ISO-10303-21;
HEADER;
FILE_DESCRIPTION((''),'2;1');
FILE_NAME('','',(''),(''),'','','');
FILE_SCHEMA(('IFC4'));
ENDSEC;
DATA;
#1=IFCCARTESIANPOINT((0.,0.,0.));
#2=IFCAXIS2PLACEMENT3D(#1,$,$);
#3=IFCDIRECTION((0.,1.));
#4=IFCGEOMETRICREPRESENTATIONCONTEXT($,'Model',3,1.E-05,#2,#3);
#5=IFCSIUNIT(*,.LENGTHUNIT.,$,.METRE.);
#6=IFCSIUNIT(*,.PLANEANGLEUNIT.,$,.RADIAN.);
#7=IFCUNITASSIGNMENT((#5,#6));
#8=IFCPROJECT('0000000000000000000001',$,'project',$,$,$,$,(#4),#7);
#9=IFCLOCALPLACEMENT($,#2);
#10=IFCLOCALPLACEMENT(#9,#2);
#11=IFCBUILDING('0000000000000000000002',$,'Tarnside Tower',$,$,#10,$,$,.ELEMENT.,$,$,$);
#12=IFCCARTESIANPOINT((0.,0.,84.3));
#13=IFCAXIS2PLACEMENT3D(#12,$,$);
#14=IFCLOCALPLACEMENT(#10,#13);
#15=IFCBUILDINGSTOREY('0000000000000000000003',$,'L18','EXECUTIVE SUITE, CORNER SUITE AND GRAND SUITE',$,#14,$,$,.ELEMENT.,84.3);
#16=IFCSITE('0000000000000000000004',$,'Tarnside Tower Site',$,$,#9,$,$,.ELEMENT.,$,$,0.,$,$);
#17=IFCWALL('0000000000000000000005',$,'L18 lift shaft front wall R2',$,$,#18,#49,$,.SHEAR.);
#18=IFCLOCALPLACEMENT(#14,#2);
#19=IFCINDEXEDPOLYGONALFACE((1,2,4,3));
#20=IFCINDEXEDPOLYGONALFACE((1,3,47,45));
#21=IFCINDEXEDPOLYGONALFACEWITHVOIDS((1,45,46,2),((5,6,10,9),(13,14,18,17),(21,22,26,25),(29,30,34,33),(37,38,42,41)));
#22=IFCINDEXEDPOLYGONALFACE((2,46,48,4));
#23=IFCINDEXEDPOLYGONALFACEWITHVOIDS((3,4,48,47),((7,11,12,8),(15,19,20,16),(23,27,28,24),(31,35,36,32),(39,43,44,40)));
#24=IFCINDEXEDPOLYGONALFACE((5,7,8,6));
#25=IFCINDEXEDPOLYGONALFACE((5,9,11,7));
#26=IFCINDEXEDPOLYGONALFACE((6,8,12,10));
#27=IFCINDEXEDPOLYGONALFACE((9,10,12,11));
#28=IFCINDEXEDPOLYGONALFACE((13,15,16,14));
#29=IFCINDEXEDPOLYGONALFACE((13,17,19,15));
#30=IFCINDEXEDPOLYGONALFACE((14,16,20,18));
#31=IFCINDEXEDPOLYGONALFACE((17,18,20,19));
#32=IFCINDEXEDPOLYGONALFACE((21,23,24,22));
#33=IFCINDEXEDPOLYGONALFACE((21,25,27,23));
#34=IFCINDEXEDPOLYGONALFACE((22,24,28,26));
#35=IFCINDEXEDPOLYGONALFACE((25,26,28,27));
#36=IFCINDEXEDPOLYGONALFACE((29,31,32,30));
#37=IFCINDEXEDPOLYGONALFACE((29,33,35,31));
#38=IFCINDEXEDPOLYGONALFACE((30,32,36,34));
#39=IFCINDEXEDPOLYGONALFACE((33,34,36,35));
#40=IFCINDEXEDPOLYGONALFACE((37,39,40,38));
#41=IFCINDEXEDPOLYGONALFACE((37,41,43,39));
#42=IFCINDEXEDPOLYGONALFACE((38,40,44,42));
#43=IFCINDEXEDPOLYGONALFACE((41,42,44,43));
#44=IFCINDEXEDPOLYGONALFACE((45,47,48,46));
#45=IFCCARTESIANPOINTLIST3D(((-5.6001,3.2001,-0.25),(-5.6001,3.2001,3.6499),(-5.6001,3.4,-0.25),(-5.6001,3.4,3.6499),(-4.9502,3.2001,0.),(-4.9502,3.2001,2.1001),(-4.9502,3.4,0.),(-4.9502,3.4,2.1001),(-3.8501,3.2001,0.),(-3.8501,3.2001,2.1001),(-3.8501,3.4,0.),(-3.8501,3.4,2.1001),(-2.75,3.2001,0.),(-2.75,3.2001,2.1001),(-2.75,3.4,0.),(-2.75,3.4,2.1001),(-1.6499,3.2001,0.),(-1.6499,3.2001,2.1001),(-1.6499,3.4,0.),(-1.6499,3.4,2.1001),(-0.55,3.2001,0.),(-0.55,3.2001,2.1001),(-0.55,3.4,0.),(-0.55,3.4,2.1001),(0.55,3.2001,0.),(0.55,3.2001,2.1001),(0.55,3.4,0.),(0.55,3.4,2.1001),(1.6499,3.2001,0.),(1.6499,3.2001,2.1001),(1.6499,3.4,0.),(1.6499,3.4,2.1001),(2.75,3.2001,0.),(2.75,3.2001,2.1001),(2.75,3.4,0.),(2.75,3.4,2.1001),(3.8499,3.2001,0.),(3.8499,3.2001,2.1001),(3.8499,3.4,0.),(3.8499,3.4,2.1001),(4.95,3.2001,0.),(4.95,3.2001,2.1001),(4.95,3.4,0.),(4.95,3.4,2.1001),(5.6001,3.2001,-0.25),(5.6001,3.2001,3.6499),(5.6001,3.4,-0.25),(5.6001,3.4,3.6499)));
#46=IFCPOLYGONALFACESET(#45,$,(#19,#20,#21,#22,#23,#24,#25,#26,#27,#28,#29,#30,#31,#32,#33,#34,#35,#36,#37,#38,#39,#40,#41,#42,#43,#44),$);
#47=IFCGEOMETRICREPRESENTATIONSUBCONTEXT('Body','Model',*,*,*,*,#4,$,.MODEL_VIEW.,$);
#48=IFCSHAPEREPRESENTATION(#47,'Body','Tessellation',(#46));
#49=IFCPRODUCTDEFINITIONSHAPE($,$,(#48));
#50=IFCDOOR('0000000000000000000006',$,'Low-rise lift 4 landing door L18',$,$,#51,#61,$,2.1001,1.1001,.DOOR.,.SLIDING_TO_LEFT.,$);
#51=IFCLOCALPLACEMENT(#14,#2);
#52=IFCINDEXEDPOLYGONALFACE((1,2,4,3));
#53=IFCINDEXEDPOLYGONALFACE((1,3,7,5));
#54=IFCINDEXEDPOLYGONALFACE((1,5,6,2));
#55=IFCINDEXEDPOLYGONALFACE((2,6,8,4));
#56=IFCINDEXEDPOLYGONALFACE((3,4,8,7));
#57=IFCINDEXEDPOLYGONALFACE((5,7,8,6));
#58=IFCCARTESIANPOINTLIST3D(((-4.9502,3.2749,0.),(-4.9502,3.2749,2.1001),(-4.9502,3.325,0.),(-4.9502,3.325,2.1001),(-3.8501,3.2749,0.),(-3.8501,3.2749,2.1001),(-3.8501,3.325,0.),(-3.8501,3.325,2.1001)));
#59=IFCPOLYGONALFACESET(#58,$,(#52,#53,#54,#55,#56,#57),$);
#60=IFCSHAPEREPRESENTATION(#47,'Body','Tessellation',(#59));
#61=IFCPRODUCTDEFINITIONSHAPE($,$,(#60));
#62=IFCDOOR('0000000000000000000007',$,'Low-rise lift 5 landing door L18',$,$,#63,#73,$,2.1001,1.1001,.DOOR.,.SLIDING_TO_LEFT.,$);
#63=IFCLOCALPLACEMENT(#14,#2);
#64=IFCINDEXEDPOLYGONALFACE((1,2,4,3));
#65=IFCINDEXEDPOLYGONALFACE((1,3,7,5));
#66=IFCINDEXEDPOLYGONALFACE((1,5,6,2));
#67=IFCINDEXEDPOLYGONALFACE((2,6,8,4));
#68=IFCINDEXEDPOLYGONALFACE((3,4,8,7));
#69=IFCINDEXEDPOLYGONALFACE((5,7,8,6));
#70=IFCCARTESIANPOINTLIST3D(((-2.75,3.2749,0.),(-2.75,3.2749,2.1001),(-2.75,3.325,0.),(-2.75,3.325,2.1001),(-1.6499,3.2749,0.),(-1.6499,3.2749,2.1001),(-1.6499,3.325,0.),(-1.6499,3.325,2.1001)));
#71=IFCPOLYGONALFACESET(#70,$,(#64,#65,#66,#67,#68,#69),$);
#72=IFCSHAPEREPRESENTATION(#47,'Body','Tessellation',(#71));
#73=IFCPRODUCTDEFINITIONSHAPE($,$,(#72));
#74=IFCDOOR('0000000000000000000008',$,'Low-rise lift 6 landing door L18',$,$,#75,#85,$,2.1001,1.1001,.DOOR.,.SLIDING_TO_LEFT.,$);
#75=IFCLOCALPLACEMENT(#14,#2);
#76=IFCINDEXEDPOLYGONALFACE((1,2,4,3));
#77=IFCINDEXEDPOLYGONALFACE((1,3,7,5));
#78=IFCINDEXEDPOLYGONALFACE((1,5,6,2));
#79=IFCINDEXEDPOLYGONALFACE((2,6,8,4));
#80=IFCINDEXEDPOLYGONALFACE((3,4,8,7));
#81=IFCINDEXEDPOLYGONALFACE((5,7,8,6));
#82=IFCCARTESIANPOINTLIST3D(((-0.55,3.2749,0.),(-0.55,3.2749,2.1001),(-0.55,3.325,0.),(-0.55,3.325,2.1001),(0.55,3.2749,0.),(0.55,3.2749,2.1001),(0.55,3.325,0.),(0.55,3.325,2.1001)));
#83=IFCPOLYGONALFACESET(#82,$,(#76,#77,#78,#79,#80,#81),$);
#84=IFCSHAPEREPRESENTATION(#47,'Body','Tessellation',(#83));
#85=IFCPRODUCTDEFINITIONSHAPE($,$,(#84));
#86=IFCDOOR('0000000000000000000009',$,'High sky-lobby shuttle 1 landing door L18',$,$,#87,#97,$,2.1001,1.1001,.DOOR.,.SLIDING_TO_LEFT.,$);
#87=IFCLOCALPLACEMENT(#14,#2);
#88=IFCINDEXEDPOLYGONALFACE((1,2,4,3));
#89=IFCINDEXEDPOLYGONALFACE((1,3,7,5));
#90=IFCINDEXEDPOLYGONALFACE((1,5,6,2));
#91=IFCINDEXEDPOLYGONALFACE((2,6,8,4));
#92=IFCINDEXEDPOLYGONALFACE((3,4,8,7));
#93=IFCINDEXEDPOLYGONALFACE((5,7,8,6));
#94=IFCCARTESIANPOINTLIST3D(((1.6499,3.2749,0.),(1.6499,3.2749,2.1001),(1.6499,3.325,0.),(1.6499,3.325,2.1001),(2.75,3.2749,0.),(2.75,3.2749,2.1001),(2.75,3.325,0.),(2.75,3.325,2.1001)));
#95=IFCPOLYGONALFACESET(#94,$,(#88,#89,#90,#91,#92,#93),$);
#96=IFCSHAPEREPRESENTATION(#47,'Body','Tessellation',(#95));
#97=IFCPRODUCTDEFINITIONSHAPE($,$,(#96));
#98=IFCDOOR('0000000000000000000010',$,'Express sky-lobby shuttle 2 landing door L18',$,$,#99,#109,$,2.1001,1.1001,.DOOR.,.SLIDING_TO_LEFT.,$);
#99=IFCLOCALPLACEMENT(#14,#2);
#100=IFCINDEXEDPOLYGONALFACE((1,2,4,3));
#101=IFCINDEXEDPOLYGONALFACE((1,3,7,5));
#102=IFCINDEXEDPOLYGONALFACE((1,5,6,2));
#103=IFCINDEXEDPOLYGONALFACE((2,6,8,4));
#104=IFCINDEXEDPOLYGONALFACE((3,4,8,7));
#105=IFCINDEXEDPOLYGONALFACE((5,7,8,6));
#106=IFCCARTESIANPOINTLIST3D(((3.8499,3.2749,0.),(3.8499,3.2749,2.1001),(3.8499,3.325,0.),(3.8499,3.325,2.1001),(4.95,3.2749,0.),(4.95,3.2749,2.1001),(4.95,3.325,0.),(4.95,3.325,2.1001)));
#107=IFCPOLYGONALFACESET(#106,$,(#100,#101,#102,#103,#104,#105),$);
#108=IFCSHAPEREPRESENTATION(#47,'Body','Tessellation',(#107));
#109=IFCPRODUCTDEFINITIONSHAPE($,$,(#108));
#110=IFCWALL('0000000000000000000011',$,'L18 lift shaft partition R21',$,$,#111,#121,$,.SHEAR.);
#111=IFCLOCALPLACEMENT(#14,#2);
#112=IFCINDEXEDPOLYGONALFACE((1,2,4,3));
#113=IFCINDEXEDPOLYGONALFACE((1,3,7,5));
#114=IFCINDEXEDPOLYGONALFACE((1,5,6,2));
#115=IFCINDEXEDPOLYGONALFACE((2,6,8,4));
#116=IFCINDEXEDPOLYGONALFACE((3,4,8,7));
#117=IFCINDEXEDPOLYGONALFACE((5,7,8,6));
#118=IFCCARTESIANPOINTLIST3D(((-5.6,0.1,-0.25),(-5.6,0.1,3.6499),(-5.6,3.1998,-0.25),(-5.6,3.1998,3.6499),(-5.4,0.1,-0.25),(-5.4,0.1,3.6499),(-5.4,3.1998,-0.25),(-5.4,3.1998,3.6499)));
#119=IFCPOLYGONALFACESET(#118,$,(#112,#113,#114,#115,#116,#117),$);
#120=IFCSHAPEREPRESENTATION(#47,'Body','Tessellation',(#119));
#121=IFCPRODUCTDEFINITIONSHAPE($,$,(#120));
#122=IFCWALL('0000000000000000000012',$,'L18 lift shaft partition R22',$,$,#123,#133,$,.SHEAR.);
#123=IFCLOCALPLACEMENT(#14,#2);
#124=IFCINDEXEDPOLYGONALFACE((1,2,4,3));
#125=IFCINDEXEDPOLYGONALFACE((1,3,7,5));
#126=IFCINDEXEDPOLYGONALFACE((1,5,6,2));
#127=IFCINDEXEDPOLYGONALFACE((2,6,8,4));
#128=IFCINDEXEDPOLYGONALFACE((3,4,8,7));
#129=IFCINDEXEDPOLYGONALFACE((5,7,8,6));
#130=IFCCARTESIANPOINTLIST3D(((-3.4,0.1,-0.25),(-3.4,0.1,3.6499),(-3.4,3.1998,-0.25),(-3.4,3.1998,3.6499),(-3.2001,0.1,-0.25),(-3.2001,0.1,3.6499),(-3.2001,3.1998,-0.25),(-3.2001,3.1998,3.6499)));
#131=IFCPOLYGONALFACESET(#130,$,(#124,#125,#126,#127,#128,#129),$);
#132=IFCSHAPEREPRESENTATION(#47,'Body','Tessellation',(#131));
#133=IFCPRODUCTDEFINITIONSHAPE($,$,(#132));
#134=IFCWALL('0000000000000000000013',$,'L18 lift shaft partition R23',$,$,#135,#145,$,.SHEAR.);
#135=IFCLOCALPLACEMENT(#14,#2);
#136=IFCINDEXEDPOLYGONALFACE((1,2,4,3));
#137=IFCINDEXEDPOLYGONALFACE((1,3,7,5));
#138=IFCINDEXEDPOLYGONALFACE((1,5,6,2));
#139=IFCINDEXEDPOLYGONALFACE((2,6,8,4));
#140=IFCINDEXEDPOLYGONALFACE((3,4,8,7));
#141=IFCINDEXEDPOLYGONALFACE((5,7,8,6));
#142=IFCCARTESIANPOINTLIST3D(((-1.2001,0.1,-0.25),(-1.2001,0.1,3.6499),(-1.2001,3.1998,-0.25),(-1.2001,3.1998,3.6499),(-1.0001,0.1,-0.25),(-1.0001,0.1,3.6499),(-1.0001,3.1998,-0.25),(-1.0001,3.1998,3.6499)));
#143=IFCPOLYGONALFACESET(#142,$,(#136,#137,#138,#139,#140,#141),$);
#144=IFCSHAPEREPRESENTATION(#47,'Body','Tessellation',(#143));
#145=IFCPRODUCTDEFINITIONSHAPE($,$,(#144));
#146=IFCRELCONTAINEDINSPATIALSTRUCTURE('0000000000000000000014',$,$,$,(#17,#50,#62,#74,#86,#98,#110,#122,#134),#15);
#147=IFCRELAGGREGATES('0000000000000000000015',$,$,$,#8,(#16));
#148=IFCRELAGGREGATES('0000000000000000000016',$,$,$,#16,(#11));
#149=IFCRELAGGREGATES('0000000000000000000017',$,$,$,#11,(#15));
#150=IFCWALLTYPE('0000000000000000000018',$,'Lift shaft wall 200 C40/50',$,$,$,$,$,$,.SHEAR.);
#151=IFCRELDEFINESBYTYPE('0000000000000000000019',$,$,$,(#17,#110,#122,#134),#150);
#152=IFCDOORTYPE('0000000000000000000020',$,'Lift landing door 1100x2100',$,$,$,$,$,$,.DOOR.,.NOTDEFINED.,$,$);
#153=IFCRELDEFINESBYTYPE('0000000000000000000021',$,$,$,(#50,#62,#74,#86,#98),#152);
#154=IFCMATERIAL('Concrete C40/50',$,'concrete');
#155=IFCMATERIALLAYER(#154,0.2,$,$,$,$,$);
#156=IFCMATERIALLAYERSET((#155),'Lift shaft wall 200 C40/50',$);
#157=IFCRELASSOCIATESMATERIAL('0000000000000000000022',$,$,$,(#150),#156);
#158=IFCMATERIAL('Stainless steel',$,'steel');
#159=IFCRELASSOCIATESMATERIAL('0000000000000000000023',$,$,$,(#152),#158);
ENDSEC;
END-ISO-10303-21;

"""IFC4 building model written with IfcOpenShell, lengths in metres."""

from ifc_helpers import new_model, si_unit, direction, frame, frame_2d, origin, place, context, subcontext, project, spatial, rectangle, extrude, material, layer, layer_set, type_object, element, fill, save


model = new_model("IFC4")

# Units and contexts
model_context = context("Model", 3, precision=1e-05, world=origin(), true_north=direction((0.0, 1.0)))
body_context = subcontext(model_context, "Body", "Model", "MODEL_VIEW")
ifc_project = project(units=[si_unit("LENGTHUNIT", "METRE"), si_unit("PLANEANGLEUNIT", "RADIAN")], contexts=[model_context])

# Site, building, storey
site_placement = place(None, origin())
site = spatial("IfcSite", under=ifc_project, at=site_placement, Name="Tarnside Tower Site", CompositionType="ELEMENT", RefElevation=0.0)
building_placement = place(site_placement, origin())
building = spatial("IfcBuilding", under=site, at=building_placement, Name="Tarnside Tower", CompositionType="ELEMENT")
storey_placement = place(building_placement, frame((0.0, 0.0, 84.3)))
storey = spatial("IfcBuildingStorey", under=building, at=storey_placement, Name="L18", Description="EXECUTIVE SUITE, CORNER SUITE AND GRAND SUITE", CompositionType="ELEMENT", Elevation=84.3)

# Shared definitions
ifc_material_1 = material(Name="Concrete C40/50", Category="concrete")
ifc_layer = layer(ifc_material_1, 0.2)
ifc_layer_set = layer_set([ifc_layer], Name="Lift shaft wall 200 C40/50")
wall_type = type_object("IfcWallType", Name="Lift shaft wall 200 C40/50", PredefinedType="SHEAR", material=ifc_layer_set)
ifc_material_2 = material(Name="Stainless steel", Category="steel")
door_type = type_object("IfcDoorType", Name="Lift landing door 1100x2100", OperationType="NOTDEFINED", PredefinedType="DOOR", material=ifc_material_2)

# Wall, openings, doors
wall_1_placement = place(storey_placement, frame((-5.6001, 3.3, -0.25), z_axis=(0.0, 0.0, 1.0), x_axis=(1.0, 0.0, 0.0)))
wall_1 = element("IfcWall", 1, at=wall_1_placement, inside=storey, type_object=wall_type, Name="L18 lift shaft front wall R2", PredefinedType="SHEAR", context=body_context, shape_type="SweptSolid", body=[
    extrude(rectangle(XDim=11.2002, YDim=0.2, at=frame_2d((5.6001, 0.0))), origin(), (0.0, 0.0, 1.0), 3.8999),
])
opening_1_placement = place(wall_1_placement, frame((0.6499, 0.0, 0.25)))
opening_1 = element("IfcOpeningElement", 2, at=opening_1_placement, cuts=wall_1, PredefinedType="OPENING", context=body_context, shape_type="SweptSolid", body=[
    extrude(rectangle(XDim=1.1001, YDim=2.1001, at=frame_2d((0.55, 1.05))), frame((0.0, 0.1099, 0.0), z_axis=(0.0, -1.0, 0.0), x_axis=(1.0, 0.0, 0.0)), (0.0, 0.0, 1.0), 0.22),
])
opening_2_placement = place(wall_1_placement, frame((2.8501, 0.0, 0.25)))
opening_2 = element("IfcOpeningElement", 3, at=opening_2_placement, cuts=wall_1, PredefinedType="OPENING", context=body_context, shape_type="SweptSolid", body=[
    extrude(rectangle(XDim=1.1001, YDim=2.1001, at=frame_2d((0.55, 1.05))), frame((0.0, 0.1099, 0.0), z_axis=(0.0, -1.0, 0.0), x_axis=(1.0, 0.0, 0.0)), (0.0, 0.0, 1.0), 0.22),
])
opening_3_placement = place(wall_1_placement, frame((5.05, 0.0, 0.25)))
opening_3 = element("IfcOpeningElement", 4, at=opening_3_placement, cuts=wall_1, PredefinedType="OPENING", context=body_context, shape_type="SweptSolid", body=[
    extrude(rectangle(XDim=1.1001, YDim=2.1001, at=frame_2d((0.55, 1.05))), frame((0.0, 0.1099, 0.0), z_axis=(0.0, -1.0, 0.0), x_axis=(1.0, 0.0, 0.0)), (0.0, 0.0, 1.0), 0.22),
])
opening_4_placement = place(wall_1_placement, frame((7.25, 0.0, 0.25)))
opening_4 = element("IfcOpeningElement", 5, at=opening_4_placement, cuts=wall_1, PredefinedType="OPENING", context=body_context, shape_type="SweptSolid", body=[
    extrude(rectangle(XDim=1.1001, YDim=2.1001, at=frame_2d((0.55, 1.05))), frame((0.0, 0.1099, 0.0), z_axis=(0.0, -1.0, 0.0), x_axis=(1.0, 0.0, 0.0)), (0.0, 0.0, 1.0), 0.22),
])
opening_5_placement = place(wall_1_placement, frame((9.45, 0.0, 0.25)))
opening_5 = element("IfcOpeningElement", 6, at=opening_5_placement, cuts=wall_1, PredefinedType="OPENING", context=body_context, shape_type="SweptSolid", body=[
    extrude(rectangle(XDim=1.1001, YDim=2.1001, at=frame_2d((0.55, 1.05))), frame((0.0, 0.1099, 0.0), z_axis=(0.0, -1.0, 0.0), x_axis=(1.0, 0.0, 0.0)), (0.0, 0.0, 1.0), 0.22),
])
door_1_placement = place(opening_1_placement, origin())
door_1 = element("IfcDoor", 7, at=door_1_placement, inside=storey, type_object=door_type, Name="Low-rise lift 4 landing door L18", OperationType="SLIDING_TO_LEFT", OverallHeight=2.1001, OverallWidth=1.1001, PredefinedType="DOOR", context=body_context, shape_type="SweptSolid", body=[
    extrude(rectangle(XDim=1.1001, YDim=2.1001, at=frame_2d((0.55, 1.05))), frame((0.0, 0.0249, 0.0), z_axis=(0.0, -1.0, 0.0), x_axis=(1.0, 0.0, 0.0)), (0.0, 0.0, 1.0), 0.05),
])
fill(opening_1, door_1)
door_2_placement = place(opening_2_placement, origin())
door_2 = element("IfcDoor", 8, at=door_2_placement, inside=storey, type_object=door_type, Name="Low-rise lift 5 landing door L18", OperationType="SLIDING_TO_LEFT", OverallHeight=2.1001, OverallWidth=1.1001, PredefinedType="DOOR", context=body_context, shape_type="SweptSolid", body=[
    extrude(rectangle(XDim=1.1001, YDim=2.1001, at=frame_2d((0.55, 1.05))), frame((0.0, 0.0249, 0.0), z_axis=(0.0, -1.0, 0.0), x_axis=(1.0, 0.0, 0.0)), (0.0, 0.0, 1.0), 0.05),
])
fill(opening_2, door_2)
door_3_placement = place(opening_3_placement, origin())
door_3 = element("IfcDoor", 9, at=door_3_placement, inside=storey, type_object=door_type, Name="Low-rise lift 6 landing door L18", OperationType="SLIDING_TO_LEFT", OverallHeight=2.1001, OverallWidth=1.1001, PredefinedType="DOOR", context=body_context, shape_type="SweptSolid", body=[
    extrude(rectangle(XDim=1.1001, YDim=2.1001, at=frame_2d((0.55, 1.05))), frame((0.0, 0.0249, 0.0), z_axis=(0.0, -1.0, 0.0), x_axis=(1.0, 0.0, 0.0)), (0.0, 0.0, 1.0), 0.05),
])
fill(opening_3, door_3)
door_4_placement = place(opening_4_placement, origin())
door_4 = element("IfcDoor", 10, at=door_4_placement, inside=storey, type_object=door_type, Name="High sky-lobby shuttle 1 landing door L18", OperationType="SLIDING_TO_LEFT", OverallHeight=2.1001, OverallWidth=1.1001, PredefinedType="DOOR", context=body_context, shape_type="SweptSolid", body=[
    extrude(rectangle(XDim=1.1001, YDim=2.1001, at=frame_2d((0.55, 1.05))), frame((0.0, 0.0249, 0.0), z_axis=(0.0, -1.0, 0.0), x_axis=(1.0, 0.0, 0.0)), (0.0, 0.0, 1.0), 0.05),
])
fill(opening_4, door_4)
door_5_placement = place(opening_5_placement, origin())
door_5 = element("IfcDoor", 11, at=door_5_placement, inside=storey, type_object=door_type, Name="Express sky-lobby shuttle 2 landing door L18", OperationType="SLIDING_TO_LEFT", OverallHeight=2.1001, OverallWidth=1.1001, PredefinedType="DOOR", context=body_context, shape_type="SweptSolid", body=[
    extrude(rectangle(XDim=1.1001, YDim=2.1001, at=frame_2d((0.55, 1.05))), frame((0.0, 0.0249, 0.0), z_axis=(0.0, -1.0, 0.0), x_axis=(1.0, 0.0, 0.0)), (0.0, 0.0, 1.0), 0.05),
])
fill(opening_5, door_5)

# Walls
for number, where, z_axis, x_axis, name in (
    (12, (-5.5, 0.1001, -0.25), (0.0, 0.0, 1.0), (0.0, 1.0, 0.0), "L18 lift shaft partition R21"),
    (13, (-3.3, 0.1001, -0.25), (0.0, 0.0, 1.0), (0.0, 1.0, 0.0), "L18 lift shaft partition R22"),
    (14, (-1.1001, 0.1001, -0.25), (0.0, 0.0, 1.0), (0.0, 1.0, 0.0), "L18 lift shaft partition R23"),
):
    element("IfcWall", number, at=place(storey_placement, frame(where, z_axis=z_axis, x_axis=x_axis)), inside=storey, type_object=wall_type, Name=name, PredefinedType="SHEAR", context=body_context, shape_type="SweptSolid", body=[
        extrude(rectangle(XDim=3.0999, YDim=0.2, at=frame_2d((1.5498, 0.0))), origin(), (0.0, 0.0, 1.0), 3.8999),
    ])

save(model, "model.ifc")
